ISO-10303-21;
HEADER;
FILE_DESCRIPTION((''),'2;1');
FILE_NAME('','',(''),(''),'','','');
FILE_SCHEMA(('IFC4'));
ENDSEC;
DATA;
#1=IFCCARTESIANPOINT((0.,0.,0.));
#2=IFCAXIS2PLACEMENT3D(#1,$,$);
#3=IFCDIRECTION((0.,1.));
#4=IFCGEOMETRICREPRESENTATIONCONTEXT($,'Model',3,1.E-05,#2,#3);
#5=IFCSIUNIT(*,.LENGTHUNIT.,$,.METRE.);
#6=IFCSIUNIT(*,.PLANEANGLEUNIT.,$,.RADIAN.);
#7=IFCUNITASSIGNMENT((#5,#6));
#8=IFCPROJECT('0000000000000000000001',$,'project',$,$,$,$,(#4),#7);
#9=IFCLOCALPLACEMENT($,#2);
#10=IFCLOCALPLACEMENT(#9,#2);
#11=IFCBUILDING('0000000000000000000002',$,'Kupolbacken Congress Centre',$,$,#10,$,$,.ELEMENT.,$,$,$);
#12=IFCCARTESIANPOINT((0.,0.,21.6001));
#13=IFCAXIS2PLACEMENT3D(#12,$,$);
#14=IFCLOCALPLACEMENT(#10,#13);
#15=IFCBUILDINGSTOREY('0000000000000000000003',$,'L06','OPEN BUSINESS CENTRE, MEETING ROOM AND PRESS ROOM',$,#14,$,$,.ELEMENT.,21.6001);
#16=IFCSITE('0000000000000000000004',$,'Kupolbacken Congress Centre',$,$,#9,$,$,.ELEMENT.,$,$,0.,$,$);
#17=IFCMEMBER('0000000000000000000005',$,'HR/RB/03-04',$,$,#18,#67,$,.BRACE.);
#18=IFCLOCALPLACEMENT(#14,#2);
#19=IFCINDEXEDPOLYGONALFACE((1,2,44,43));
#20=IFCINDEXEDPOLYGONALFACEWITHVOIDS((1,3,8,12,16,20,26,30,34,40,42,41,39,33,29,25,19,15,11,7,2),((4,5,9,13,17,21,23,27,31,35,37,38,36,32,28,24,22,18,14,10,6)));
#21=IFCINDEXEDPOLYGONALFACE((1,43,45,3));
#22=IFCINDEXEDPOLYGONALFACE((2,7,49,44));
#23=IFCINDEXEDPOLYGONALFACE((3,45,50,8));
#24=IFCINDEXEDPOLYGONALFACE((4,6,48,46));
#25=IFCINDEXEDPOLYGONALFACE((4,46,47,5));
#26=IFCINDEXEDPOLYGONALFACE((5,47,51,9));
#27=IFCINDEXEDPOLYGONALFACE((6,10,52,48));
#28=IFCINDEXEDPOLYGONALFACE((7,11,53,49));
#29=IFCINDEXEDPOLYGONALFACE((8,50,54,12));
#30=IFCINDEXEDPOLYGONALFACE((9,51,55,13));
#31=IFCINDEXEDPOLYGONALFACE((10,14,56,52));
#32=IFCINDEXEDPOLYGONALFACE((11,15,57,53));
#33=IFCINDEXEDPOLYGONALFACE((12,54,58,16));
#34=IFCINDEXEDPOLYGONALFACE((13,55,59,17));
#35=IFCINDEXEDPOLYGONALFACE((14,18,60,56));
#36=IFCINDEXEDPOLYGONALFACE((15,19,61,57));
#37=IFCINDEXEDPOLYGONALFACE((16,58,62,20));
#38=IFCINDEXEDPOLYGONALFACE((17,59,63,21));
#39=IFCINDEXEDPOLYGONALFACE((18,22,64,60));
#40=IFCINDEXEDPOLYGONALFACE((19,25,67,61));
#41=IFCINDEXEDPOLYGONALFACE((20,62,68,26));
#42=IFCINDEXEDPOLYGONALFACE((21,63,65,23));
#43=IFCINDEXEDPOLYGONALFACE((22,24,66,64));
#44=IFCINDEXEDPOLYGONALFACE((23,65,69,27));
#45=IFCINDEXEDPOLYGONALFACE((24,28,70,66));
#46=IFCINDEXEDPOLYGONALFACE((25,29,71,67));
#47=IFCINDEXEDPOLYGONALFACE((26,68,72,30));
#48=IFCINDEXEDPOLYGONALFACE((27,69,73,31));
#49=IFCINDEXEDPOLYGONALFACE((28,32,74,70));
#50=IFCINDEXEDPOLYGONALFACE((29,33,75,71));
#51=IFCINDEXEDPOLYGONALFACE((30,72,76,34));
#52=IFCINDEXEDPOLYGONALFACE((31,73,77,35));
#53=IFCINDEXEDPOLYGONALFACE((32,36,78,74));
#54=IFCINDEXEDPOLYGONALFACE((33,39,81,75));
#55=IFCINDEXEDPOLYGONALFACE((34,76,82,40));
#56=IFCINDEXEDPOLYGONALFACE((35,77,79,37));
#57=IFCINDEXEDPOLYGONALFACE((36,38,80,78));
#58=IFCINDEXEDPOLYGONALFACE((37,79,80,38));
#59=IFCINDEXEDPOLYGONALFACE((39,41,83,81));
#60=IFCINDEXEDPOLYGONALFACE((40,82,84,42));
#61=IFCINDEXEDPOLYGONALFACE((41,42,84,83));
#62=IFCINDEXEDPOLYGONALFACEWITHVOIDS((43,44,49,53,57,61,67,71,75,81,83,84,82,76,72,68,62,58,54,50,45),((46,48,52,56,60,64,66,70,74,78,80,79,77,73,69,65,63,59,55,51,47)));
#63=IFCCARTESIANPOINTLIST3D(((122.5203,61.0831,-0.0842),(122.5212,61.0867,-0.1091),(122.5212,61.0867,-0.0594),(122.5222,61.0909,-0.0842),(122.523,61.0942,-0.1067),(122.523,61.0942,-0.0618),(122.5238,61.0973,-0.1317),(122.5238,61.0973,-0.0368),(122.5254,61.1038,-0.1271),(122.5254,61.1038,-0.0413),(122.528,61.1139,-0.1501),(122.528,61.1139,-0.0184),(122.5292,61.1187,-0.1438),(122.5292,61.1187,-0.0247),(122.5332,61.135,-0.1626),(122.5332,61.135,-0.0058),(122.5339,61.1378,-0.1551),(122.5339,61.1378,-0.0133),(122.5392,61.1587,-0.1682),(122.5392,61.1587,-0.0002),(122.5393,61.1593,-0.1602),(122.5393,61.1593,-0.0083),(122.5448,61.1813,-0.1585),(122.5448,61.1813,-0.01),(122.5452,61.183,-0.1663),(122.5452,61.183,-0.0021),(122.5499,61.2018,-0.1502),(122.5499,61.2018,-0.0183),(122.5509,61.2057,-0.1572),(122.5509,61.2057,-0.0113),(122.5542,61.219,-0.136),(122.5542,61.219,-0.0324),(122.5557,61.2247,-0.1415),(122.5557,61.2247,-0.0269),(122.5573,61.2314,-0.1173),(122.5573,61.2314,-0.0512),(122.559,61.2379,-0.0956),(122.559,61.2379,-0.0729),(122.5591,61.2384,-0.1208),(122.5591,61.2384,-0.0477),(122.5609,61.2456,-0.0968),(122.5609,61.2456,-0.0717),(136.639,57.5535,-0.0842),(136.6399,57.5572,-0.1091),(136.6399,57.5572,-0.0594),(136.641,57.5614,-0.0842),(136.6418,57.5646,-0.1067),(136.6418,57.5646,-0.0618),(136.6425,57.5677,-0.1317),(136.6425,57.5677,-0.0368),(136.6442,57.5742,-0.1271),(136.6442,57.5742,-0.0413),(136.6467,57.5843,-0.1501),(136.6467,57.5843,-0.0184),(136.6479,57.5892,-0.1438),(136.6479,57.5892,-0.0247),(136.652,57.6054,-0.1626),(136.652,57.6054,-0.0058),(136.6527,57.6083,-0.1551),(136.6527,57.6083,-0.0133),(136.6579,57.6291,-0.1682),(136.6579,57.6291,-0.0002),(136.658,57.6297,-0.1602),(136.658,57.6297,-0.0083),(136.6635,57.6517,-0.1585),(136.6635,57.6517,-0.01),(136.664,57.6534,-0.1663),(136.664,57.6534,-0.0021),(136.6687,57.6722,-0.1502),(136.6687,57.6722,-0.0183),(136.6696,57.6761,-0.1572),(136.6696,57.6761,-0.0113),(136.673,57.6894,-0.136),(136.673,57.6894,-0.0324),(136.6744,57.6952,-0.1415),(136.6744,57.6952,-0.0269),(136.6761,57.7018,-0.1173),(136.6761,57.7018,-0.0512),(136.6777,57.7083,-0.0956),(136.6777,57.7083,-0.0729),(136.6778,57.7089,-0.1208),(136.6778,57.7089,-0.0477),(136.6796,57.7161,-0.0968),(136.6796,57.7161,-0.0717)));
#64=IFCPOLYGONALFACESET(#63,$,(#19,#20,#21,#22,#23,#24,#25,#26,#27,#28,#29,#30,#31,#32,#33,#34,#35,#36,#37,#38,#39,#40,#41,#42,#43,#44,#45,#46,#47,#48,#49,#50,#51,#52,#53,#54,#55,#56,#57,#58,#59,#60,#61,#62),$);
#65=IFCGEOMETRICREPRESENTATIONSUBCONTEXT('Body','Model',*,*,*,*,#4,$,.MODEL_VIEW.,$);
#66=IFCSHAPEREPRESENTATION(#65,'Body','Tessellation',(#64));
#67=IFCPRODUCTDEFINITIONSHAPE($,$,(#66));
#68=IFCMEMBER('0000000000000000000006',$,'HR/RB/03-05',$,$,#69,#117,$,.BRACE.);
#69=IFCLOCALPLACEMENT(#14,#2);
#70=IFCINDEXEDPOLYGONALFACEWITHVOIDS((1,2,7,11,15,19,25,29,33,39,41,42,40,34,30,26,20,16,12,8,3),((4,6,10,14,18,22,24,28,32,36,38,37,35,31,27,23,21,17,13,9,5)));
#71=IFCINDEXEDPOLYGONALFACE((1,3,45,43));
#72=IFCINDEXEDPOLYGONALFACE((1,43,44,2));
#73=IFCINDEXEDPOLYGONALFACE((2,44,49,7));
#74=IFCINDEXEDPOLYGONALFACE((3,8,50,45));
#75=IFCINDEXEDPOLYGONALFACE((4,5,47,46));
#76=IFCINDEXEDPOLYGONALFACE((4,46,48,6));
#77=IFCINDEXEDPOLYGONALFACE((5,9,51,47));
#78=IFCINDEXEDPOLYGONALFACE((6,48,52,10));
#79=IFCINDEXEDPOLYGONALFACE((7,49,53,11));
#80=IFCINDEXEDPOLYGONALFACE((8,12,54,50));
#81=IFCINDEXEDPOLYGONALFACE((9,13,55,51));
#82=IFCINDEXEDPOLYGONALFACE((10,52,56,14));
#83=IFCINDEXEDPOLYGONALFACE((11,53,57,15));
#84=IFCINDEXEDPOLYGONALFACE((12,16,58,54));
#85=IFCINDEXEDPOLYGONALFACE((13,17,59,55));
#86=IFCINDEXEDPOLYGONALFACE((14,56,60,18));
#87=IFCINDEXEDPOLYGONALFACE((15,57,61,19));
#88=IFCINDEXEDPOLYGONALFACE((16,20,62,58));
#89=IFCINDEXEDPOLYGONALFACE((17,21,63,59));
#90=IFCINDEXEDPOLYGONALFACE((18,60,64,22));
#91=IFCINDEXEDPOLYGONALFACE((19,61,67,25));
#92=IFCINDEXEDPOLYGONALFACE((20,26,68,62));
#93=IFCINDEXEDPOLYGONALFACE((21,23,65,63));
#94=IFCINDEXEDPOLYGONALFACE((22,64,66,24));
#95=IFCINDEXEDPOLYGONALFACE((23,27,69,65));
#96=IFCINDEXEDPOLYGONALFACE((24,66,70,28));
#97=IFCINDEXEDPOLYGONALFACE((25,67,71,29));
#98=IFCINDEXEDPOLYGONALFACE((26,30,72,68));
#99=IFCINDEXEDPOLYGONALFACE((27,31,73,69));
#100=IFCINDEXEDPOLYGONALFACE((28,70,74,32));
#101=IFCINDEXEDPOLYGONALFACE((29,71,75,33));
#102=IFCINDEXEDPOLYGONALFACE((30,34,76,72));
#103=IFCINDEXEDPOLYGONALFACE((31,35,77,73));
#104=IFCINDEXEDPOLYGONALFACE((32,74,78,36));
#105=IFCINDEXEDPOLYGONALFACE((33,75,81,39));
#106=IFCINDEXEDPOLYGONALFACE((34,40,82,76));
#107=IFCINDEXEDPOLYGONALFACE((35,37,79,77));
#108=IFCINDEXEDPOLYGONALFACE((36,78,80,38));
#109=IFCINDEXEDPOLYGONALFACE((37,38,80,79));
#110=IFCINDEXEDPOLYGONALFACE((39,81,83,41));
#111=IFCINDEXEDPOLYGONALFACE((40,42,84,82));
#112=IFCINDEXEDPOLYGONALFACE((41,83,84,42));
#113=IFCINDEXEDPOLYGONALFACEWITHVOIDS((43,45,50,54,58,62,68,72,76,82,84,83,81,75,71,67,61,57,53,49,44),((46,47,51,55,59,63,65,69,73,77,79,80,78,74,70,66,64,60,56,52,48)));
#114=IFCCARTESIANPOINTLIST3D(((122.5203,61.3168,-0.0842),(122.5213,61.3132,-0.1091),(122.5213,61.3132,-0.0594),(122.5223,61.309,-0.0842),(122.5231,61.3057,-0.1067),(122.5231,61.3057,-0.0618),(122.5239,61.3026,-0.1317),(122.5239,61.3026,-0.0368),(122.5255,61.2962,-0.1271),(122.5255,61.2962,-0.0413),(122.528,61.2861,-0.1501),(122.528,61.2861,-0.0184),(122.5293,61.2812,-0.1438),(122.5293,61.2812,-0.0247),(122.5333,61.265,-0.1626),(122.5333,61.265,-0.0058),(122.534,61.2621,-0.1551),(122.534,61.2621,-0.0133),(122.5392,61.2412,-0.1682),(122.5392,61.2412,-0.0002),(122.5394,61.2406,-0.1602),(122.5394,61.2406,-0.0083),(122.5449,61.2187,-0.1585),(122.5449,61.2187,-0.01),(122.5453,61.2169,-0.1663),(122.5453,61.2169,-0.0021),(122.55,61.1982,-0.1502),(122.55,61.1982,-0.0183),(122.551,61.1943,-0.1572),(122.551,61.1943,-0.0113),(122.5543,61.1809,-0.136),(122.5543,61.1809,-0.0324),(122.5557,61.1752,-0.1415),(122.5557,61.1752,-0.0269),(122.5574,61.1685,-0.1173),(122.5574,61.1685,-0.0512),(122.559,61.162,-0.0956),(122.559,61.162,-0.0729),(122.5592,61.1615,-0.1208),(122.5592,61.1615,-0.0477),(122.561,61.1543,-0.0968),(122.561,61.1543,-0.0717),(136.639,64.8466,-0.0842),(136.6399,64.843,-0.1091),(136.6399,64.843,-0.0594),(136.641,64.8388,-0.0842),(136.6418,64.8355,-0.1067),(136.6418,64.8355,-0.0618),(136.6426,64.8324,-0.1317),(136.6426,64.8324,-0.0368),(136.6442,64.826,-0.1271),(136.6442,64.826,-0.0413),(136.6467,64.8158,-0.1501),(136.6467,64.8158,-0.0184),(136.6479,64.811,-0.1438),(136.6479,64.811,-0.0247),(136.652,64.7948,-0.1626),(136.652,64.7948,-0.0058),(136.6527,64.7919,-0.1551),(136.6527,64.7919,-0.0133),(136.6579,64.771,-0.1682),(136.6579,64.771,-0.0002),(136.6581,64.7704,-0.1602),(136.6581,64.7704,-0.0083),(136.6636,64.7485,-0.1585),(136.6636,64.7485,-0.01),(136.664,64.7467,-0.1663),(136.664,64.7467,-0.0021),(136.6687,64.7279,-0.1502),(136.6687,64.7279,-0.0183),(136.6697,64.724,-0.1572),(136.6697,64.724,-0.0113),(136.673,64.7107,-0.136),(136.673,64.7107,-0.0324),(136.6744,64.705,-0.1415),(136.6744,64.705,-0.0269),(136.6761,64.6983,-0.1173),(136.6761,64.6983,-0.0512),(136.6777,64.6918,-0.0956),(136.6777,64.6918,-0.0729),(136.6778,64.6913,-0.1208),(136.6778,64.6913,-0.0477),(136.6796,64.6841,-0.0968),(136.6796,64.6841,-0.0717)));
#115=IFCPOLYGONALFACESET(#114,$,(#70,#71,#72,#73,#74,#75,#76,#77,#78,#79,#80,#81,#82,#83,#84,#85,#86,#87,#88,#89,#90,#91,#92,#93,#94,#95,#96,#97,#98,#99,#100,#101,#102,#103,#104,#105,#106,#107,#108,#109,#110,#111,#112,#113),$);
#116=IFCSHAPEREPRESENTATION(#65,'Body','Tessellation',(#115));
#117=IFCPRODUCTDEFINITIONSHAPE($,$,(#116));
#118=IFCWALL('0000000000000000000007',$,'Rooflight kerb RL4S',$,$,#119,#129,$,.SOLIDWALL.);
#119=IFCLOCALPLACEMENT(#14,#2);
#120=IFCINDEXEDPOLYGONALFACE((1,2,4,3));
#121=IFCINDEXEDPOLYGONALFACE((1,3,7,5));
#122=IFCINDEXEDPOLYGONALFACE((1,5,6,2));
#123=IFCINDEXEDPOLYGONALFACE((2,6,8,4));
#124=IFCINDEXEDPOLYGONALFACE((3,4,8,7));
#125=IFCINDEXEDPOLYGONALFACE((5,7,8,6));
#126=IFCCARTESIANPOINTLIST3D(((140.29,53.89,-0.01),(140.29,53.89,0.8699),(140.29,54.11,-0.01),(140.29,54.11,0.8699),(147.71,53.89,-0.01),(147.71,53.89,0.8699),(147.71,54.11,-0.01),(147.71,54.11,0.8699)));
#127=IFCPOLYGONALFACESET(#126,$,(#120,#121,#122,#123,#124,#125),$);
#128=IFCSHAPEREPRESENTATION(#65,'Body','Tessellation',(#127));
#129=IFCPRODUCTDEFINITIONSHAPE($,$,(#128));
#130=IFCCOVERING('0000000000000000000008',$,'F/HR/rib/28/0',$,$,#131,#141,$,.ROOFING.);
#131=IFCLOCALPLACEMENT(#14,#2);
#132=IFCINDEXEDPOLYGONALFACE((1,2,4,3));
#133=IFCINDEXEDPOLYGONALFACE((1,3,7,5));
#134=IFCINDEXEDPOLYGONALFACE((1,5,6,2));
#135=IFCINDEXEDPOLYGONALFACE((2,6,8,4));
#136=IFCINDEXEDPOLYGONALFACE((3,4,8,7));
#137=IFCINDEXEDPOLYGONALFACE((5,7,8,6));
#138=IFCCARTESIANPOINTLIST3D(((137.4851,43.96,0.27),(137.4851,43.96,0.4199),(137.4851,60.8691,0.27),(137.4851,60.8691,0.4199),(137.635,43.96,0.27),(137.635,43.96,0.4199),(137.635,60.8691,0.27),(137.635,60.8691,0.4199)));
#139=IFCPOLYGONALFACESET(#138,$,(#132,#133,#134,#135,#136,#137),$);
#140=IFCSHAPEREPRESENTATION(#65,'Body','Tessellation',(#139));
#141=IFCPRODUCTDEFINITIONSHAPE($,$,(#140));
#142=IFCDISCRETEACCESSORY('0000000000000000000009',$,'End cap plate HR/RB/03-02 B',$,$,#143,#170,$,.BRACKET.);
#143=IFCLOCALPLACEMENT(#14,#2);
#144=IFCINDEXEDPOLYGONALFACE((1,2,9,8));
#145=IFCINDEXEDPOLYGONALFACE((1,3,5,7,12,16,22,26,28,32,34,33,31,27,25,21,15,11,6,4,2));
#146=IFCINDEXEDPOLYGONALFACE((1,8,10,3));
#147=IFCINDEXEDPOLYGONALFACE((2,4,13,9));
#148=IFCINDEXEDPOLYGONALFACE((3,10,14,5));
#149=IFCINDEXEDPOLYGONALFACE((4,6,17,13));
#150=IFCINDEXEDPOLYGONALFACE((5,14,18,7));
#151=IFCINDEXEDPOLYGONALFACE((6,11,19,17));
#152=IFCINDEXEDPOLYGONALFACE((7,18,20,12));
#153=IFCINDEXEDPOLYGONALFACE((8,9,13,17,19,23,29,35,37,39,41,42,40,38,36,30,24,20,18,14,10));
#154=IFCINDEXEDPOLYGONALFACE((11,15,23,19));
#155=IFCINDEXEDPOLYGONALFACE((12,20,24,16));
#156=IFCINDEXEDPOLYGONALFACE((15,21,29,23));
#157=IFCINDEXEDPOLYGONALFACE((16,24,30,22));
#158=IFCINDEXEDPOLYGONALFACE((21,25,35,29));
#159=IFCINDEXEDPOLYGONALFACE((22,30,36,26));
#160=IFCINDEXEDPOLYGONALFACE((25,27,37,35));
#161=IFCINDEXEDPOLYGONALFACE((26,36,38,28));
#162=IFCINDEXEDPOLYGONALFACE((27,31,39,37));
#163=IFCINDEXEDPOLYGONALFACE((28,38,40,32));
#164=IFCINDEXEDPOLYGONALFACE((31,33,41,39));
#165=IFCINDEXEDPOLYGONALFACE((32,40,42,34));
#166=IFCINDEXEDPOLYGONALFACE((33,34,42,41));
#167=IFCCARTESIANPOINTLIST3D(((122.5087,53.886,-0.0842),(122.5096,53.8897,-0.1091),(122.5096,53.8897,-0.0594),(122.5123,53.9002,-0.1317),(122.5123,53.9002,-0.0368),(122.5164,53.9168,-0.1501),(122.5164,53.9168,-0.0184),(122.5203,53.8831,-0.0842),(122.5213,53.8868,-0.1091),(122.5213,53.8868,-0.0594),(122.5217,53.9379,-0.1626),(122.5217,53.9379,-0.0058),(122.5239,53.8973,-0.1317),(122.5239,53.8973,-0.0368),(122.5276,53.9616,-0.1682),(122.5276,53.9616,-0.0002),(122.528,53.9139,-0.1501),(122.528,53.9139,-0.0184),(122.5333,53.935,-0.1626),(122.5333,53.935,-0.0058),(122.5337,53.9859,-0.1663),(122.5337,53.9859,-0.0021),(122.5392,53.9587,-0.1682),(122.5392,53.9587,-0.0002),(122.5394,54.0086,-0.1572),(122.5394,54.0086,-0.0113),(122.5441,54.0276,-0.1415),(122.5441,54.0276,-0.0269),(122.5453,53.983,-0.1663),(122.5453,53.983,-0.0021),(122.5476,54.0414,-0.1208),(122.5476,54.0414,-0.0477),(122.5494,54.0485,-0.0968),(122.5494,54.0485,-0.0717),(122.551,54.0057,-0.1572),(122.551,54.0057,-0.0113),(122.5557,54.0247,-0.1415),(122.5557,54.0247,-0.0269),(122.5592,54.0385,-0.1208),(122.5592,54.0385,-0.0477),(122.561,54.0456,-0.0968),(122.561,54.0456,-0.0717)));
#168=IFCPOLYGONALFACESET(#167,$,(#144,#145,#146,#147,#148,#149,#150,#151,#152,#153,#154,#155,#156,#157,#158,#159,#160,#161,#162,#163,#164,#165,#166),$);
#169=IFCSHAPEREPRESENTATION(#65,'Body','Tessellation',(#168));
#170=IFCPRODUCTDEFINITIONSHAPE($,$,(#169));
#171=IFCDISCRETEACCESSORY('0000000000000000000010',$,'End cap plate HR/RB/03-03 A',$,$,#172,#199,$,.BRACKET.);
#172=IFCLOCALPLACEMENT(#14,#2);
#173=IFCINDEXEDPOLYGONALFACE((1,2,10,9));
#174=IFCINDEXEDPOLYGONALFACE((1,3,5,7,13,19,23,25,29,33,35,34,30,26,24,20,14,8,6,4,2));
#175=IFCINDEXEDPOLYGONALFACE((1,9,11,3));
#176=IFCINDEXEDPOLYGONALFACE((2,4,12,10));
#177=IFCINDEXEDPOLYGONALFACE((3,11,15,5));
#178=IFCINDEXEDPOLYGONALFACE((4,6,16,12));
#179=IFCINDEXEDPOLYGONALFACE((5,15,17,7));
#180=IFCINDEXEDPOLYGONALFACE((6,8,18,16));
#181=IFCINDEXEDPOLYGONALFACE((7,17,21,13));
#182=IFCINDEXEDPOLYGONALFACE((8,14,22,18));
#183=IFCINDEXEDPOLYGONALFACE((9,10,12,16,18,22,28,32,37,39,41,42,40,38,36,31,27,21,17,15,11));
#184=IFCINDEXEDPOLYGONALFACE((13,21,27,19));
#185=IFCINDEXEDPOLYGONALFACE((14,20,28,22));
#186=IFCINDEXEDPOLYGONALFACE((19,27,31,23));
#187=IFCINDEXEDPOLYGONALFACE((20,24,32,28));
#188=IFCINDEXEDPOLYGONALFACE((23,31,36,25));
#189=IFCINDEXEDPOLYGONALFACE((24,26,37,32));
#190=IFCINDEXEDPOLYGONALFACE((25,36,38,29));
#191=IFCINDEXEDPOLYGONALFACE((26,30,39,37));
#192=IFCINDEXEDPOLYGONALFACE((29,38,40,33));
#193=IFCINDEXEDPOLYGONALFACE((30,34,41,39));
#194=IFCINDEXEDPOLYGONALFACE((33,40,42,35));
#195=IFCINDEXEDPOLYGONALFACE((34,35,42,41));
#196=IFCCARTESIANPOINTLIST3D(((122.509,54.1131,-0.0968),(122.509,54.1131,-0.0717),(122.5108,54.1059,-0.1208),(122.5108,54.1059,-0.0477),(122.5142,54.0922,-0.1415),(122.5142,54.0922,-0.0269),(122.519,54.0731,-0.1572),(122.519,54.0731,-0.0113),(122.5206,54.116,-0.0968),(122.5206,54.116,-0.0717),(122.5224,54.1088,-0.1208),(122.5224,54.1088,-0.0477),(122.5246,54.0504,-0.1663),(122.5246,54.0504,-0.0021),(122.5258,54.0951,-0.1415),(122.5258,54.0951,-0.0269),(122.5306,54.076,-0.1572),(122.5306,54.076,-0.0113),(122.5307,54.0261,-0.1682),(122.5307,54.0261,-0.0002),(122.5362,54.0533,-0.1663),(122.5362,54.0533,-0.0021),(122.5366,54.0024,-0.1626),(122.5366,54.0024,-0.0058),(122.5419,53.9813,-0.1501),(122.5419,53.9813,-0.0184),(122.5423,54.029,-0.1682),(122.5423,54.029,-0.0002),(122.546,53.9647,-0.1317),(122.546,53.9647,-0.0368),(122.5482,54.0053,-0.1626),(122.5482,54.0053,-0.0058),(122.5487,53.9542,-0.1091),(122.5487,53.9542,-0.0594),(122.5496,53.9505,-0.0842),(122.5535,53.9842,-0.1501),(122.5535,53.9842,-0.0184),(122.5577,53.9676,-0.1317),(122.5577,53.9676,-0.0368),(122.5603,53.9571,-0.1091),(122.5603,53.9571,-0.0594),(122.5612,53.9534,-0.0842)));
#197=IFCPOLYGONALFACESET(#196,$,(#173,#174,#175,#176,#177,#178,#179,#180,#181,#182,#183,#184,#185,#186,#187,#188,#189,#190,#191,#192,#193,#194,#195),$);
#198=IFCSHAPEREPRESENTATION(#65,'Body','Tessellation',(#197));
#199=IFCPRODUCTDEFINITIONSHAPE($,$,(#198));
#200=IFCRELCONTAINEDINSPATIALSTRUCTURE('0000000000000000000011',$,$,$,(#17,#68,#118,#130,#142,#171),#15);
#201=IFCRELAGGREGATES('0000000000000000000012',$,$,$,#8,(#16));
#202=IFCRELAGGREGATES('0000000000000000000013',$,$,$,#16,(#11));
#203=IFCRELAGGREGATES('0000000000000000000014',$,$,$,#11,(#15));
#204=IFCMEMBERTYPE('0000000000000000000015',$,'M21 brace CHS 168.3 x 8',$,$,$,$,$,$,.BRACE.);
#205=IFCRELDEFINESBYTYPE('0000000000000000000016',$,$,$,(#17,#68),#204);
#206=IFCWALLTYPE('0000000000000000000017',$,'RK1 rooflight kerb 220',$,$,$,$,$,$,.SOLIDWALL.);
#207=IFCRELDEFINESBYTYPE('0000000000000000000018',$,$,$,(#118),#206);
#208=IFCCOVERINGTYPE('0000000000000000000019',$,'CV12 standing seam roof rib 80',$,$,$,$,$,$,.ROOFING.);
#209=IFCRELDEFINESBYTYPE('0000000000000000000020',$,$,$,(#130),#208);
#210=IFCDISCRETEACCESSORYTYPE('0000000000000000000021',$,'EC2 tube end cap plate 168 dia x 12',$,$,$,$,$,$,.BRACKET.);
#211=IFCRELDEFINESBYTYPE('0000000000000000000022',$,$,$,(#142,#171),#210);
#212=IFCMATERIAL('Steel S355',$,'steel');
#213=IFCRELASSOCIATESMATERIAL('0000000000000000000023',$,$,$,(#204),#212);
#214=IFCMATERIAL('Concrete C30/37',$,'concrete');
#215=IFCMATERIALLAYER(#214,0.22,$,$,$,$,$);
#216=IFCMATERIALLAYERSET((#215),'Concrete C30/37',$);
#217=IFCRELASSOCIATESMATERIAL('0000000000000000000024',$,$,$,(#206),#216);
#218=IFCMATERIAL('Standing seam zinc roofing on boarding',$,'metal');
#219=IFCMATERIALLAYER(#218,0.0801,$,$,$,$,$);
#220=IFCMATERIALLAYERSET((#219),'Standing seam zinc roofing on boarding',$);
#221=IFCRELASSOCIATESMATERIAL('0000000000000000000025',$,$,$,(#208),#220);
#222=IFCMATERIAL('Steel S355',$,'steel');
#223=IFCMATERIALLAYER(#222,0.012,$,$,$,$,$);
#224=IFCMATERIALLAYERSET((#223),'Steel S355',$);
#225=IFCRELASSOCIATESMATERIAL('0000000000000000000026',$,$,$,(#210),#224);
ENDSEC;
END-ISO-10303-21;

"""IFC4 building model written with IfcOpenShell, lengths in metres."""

from ifc_helpers import new_model, si_unit, direction, frame, frame_2d, origin, origin_2d, place, context, subcontext, project, spatial, rectangle, circle, hollow_circle, extrude, material, layer, layer_set, material_profile, profile_set, type_object, element, save


model = new_model("IFC4")

# Units and contexts
model_context = context("Model", 3, precision=1e-05, world=origin(), true_north=direction((0.0, 1.0)))
body_context = subcontext(model_context, "Body", "Model", "MODEL_VIEW")
ifc_project = project(units=[si_unit("LENGTHUNIT", "METRE"), si_unit("PLANEANGLEUNIT", "RADIAN")], contexts=[model_context])

# Site, building, storey
site_placement = place(None, origin())
site = spatial("IfcSite", under=ifc_project, at=site_placement, Name="Kupolbacken Congress Centre", CompositionType="ELEMENT", RefElevation=0.0)
building_placement = place(site_placement, origin())
building = spatial("IfcBuilding", under=site, at=building_placement, Name="Kupolbacken Congress Centre", CompositionType="ELEMENT")
storey_placement = place(building_placement, frame((0.0, 0.0, 21.6001)))
storey = spatial("IfcBuildingStorey", under=building, at=storey_placement, Name="L06", Description="OPEN BUSINESS CENTRE, MEETING ROOM AND PRESS ROOM", CompositionType="ELEMENT", Elevation=21.6001)

# Members
ifc_material_1 = material(Name="Steel S355", Category="steel")
ifc_material_profile_1 = material_profile(ifc_material_1, hollow_circle(Radius=0.0842, WallThickness=0.0081, at=origin_2d()), Name="CHS 168.3 x 8")
ifc_profile_set_1 = profile_set([ifc_material_profile_1], Name="Steel S355")
member_type_1 = type_object("IfcMemberType", Name="M21 brace CHS 168.3 x 8", PredefinedType="BRACE", material=ifc_profile_set_1)
for number, where, z_axis, x_axis, name in (
    (1, (136.6594, 57.6353, -0.0842), (-0.970144, 0.242528, 0.0), (-0.242528, -0.970144, 0.0), "HR/RB/03-04"),
    (2, (122.5408, 61.2351, -0.0842), (0.970141, 0.242544, 0.0), (-0.242544, 0.970141, 0.0), "HR/RB/03-05"),
):
    element("IfcMember", number, at=place(storey_placement, frame(where, z_axis=z_axis, x_axis=x_axis)), inside=storey, type_object=member_type_1, Name=name, PredefinedType="BRACE", context=body_context, shape_type="SweptSolid", body=[
        extrude(hollow_circle(Radius=0.0842, WallThickness=0.0081, at=origin_2d()), origin(), (0.0, 0.0, 1.0), 14.5532),
    ])

# Wall
ifc_material_2 = material(Name="Concrete C30/37", Category="concrete")
ifc_layer_1 = layer(ifc_material_2, 0.22)
ifc_layer_set_1 = layer_set([ifc_layer_1], Name="Concrete C30/37")
wall_type = type_object("IfcWallType", Name="RK1 rooflight kerb 220", PredefinedType="SOLIDWALL", material=ifc_layer_set_1)
wall_placement = place(storey_placement, frame((140.29, 54.0, -0.01), z_axis=(0.0, 0.0, 1.0), x_axis=(1.0, 0.0, 0.0)))
element("IfcWall", 3, at=wall_placement, inside=storey, type_object=wall_type, Name="Rooflight kerb RL4S", PredefinedType="SOLIDWALL", context=body_context, shape_type="SweptSolid", body=[
    extrude(rectangle(XDim=7.4199, YDim=0.22, at=frame_2d((3.71, 0.0))), origin(), (0.0, 0.0, 1.0), 0.8799),
])

# Covering
ifc_material_3 = material(Name="Standing seam zinc roofing on boarding", Category="metal")
ifc_layer_2 = layer(ifc_material_3, 0.0801)
ifc_layer_set_2 = layer_set([ifc_layer_2], Name="Standing seam zinc roofing on boarding")
covering_type = type_object("IfcCoveringType", Name="CV12 standing seam roof rib 80", PredefinedType="ROOFING", material=ifc_layer_set_2)
covering_placement = place(storey_placement, frame((137.5601, 52.4146, 0.27), z_axis=(0.0, 0.0, 1.0), x_axis=(0.0, 1.0, 0.0)))
element("IfcCovering", 4, at=covering_placement, inside=storey, type_object=covering_type, Name="F/HR/rib/28/0", PredefinedType="ROOFING", context=body_context, shape_type="SweptSolid", body=[
    extrude(rectangle(XDim=16.9092, YDim=0.1499, at=origin_2d()), origin(), (0.0, 0.0, 1.0), 0.1499),
])

# Discrete accessories
ifc_material_4 = material(Name="Steel S355", Category="steel")
ifc_layer_3 = layer(ifc_material_4, 0.012)
ifc_layer_set_3 = layer_set([ifc_layer_3], Name="Steel S355")
discrete_accessory_type = type_object("IfcDiscreteAccessoryType", Name="EC2 tube end cap plate 168 dia x 12", PredefinedType="BRACKET", material=ifc_layer_set_3)
for number, where, z_axis, x_axis, name in (
    (5, (122.5408, 53.9648, -0.0842), (-0.970143, 0.242536, 0.0), (-0.242536, -0.970143, 0.0), "End cap plate HR/RB/03-02 B"),
    (6, (122.5408, 54.0352, -0.0842), (-0.970143, -0.242536, 0.0), (0.242536, -0.970143, 0.0), "End cap plate HR/RB/03-03 A"),
):
    element("IfcDiscreteAccessory", number, at=place(storey_placement, frame(where, z_axis=z_axis, x_axis=x_axis)), inside=storey, type_object=discrete_accessory_type, Name=name, PredefinedType="BRACKET", context=body_context, shape_type="SweptSolid", body=[
        extrude(circle(Radius=0.0842, at=origin_2d()), origin(), (0.0, 0.0, 1.0), 0.012),
    ])

save(model, "model.ifc")
